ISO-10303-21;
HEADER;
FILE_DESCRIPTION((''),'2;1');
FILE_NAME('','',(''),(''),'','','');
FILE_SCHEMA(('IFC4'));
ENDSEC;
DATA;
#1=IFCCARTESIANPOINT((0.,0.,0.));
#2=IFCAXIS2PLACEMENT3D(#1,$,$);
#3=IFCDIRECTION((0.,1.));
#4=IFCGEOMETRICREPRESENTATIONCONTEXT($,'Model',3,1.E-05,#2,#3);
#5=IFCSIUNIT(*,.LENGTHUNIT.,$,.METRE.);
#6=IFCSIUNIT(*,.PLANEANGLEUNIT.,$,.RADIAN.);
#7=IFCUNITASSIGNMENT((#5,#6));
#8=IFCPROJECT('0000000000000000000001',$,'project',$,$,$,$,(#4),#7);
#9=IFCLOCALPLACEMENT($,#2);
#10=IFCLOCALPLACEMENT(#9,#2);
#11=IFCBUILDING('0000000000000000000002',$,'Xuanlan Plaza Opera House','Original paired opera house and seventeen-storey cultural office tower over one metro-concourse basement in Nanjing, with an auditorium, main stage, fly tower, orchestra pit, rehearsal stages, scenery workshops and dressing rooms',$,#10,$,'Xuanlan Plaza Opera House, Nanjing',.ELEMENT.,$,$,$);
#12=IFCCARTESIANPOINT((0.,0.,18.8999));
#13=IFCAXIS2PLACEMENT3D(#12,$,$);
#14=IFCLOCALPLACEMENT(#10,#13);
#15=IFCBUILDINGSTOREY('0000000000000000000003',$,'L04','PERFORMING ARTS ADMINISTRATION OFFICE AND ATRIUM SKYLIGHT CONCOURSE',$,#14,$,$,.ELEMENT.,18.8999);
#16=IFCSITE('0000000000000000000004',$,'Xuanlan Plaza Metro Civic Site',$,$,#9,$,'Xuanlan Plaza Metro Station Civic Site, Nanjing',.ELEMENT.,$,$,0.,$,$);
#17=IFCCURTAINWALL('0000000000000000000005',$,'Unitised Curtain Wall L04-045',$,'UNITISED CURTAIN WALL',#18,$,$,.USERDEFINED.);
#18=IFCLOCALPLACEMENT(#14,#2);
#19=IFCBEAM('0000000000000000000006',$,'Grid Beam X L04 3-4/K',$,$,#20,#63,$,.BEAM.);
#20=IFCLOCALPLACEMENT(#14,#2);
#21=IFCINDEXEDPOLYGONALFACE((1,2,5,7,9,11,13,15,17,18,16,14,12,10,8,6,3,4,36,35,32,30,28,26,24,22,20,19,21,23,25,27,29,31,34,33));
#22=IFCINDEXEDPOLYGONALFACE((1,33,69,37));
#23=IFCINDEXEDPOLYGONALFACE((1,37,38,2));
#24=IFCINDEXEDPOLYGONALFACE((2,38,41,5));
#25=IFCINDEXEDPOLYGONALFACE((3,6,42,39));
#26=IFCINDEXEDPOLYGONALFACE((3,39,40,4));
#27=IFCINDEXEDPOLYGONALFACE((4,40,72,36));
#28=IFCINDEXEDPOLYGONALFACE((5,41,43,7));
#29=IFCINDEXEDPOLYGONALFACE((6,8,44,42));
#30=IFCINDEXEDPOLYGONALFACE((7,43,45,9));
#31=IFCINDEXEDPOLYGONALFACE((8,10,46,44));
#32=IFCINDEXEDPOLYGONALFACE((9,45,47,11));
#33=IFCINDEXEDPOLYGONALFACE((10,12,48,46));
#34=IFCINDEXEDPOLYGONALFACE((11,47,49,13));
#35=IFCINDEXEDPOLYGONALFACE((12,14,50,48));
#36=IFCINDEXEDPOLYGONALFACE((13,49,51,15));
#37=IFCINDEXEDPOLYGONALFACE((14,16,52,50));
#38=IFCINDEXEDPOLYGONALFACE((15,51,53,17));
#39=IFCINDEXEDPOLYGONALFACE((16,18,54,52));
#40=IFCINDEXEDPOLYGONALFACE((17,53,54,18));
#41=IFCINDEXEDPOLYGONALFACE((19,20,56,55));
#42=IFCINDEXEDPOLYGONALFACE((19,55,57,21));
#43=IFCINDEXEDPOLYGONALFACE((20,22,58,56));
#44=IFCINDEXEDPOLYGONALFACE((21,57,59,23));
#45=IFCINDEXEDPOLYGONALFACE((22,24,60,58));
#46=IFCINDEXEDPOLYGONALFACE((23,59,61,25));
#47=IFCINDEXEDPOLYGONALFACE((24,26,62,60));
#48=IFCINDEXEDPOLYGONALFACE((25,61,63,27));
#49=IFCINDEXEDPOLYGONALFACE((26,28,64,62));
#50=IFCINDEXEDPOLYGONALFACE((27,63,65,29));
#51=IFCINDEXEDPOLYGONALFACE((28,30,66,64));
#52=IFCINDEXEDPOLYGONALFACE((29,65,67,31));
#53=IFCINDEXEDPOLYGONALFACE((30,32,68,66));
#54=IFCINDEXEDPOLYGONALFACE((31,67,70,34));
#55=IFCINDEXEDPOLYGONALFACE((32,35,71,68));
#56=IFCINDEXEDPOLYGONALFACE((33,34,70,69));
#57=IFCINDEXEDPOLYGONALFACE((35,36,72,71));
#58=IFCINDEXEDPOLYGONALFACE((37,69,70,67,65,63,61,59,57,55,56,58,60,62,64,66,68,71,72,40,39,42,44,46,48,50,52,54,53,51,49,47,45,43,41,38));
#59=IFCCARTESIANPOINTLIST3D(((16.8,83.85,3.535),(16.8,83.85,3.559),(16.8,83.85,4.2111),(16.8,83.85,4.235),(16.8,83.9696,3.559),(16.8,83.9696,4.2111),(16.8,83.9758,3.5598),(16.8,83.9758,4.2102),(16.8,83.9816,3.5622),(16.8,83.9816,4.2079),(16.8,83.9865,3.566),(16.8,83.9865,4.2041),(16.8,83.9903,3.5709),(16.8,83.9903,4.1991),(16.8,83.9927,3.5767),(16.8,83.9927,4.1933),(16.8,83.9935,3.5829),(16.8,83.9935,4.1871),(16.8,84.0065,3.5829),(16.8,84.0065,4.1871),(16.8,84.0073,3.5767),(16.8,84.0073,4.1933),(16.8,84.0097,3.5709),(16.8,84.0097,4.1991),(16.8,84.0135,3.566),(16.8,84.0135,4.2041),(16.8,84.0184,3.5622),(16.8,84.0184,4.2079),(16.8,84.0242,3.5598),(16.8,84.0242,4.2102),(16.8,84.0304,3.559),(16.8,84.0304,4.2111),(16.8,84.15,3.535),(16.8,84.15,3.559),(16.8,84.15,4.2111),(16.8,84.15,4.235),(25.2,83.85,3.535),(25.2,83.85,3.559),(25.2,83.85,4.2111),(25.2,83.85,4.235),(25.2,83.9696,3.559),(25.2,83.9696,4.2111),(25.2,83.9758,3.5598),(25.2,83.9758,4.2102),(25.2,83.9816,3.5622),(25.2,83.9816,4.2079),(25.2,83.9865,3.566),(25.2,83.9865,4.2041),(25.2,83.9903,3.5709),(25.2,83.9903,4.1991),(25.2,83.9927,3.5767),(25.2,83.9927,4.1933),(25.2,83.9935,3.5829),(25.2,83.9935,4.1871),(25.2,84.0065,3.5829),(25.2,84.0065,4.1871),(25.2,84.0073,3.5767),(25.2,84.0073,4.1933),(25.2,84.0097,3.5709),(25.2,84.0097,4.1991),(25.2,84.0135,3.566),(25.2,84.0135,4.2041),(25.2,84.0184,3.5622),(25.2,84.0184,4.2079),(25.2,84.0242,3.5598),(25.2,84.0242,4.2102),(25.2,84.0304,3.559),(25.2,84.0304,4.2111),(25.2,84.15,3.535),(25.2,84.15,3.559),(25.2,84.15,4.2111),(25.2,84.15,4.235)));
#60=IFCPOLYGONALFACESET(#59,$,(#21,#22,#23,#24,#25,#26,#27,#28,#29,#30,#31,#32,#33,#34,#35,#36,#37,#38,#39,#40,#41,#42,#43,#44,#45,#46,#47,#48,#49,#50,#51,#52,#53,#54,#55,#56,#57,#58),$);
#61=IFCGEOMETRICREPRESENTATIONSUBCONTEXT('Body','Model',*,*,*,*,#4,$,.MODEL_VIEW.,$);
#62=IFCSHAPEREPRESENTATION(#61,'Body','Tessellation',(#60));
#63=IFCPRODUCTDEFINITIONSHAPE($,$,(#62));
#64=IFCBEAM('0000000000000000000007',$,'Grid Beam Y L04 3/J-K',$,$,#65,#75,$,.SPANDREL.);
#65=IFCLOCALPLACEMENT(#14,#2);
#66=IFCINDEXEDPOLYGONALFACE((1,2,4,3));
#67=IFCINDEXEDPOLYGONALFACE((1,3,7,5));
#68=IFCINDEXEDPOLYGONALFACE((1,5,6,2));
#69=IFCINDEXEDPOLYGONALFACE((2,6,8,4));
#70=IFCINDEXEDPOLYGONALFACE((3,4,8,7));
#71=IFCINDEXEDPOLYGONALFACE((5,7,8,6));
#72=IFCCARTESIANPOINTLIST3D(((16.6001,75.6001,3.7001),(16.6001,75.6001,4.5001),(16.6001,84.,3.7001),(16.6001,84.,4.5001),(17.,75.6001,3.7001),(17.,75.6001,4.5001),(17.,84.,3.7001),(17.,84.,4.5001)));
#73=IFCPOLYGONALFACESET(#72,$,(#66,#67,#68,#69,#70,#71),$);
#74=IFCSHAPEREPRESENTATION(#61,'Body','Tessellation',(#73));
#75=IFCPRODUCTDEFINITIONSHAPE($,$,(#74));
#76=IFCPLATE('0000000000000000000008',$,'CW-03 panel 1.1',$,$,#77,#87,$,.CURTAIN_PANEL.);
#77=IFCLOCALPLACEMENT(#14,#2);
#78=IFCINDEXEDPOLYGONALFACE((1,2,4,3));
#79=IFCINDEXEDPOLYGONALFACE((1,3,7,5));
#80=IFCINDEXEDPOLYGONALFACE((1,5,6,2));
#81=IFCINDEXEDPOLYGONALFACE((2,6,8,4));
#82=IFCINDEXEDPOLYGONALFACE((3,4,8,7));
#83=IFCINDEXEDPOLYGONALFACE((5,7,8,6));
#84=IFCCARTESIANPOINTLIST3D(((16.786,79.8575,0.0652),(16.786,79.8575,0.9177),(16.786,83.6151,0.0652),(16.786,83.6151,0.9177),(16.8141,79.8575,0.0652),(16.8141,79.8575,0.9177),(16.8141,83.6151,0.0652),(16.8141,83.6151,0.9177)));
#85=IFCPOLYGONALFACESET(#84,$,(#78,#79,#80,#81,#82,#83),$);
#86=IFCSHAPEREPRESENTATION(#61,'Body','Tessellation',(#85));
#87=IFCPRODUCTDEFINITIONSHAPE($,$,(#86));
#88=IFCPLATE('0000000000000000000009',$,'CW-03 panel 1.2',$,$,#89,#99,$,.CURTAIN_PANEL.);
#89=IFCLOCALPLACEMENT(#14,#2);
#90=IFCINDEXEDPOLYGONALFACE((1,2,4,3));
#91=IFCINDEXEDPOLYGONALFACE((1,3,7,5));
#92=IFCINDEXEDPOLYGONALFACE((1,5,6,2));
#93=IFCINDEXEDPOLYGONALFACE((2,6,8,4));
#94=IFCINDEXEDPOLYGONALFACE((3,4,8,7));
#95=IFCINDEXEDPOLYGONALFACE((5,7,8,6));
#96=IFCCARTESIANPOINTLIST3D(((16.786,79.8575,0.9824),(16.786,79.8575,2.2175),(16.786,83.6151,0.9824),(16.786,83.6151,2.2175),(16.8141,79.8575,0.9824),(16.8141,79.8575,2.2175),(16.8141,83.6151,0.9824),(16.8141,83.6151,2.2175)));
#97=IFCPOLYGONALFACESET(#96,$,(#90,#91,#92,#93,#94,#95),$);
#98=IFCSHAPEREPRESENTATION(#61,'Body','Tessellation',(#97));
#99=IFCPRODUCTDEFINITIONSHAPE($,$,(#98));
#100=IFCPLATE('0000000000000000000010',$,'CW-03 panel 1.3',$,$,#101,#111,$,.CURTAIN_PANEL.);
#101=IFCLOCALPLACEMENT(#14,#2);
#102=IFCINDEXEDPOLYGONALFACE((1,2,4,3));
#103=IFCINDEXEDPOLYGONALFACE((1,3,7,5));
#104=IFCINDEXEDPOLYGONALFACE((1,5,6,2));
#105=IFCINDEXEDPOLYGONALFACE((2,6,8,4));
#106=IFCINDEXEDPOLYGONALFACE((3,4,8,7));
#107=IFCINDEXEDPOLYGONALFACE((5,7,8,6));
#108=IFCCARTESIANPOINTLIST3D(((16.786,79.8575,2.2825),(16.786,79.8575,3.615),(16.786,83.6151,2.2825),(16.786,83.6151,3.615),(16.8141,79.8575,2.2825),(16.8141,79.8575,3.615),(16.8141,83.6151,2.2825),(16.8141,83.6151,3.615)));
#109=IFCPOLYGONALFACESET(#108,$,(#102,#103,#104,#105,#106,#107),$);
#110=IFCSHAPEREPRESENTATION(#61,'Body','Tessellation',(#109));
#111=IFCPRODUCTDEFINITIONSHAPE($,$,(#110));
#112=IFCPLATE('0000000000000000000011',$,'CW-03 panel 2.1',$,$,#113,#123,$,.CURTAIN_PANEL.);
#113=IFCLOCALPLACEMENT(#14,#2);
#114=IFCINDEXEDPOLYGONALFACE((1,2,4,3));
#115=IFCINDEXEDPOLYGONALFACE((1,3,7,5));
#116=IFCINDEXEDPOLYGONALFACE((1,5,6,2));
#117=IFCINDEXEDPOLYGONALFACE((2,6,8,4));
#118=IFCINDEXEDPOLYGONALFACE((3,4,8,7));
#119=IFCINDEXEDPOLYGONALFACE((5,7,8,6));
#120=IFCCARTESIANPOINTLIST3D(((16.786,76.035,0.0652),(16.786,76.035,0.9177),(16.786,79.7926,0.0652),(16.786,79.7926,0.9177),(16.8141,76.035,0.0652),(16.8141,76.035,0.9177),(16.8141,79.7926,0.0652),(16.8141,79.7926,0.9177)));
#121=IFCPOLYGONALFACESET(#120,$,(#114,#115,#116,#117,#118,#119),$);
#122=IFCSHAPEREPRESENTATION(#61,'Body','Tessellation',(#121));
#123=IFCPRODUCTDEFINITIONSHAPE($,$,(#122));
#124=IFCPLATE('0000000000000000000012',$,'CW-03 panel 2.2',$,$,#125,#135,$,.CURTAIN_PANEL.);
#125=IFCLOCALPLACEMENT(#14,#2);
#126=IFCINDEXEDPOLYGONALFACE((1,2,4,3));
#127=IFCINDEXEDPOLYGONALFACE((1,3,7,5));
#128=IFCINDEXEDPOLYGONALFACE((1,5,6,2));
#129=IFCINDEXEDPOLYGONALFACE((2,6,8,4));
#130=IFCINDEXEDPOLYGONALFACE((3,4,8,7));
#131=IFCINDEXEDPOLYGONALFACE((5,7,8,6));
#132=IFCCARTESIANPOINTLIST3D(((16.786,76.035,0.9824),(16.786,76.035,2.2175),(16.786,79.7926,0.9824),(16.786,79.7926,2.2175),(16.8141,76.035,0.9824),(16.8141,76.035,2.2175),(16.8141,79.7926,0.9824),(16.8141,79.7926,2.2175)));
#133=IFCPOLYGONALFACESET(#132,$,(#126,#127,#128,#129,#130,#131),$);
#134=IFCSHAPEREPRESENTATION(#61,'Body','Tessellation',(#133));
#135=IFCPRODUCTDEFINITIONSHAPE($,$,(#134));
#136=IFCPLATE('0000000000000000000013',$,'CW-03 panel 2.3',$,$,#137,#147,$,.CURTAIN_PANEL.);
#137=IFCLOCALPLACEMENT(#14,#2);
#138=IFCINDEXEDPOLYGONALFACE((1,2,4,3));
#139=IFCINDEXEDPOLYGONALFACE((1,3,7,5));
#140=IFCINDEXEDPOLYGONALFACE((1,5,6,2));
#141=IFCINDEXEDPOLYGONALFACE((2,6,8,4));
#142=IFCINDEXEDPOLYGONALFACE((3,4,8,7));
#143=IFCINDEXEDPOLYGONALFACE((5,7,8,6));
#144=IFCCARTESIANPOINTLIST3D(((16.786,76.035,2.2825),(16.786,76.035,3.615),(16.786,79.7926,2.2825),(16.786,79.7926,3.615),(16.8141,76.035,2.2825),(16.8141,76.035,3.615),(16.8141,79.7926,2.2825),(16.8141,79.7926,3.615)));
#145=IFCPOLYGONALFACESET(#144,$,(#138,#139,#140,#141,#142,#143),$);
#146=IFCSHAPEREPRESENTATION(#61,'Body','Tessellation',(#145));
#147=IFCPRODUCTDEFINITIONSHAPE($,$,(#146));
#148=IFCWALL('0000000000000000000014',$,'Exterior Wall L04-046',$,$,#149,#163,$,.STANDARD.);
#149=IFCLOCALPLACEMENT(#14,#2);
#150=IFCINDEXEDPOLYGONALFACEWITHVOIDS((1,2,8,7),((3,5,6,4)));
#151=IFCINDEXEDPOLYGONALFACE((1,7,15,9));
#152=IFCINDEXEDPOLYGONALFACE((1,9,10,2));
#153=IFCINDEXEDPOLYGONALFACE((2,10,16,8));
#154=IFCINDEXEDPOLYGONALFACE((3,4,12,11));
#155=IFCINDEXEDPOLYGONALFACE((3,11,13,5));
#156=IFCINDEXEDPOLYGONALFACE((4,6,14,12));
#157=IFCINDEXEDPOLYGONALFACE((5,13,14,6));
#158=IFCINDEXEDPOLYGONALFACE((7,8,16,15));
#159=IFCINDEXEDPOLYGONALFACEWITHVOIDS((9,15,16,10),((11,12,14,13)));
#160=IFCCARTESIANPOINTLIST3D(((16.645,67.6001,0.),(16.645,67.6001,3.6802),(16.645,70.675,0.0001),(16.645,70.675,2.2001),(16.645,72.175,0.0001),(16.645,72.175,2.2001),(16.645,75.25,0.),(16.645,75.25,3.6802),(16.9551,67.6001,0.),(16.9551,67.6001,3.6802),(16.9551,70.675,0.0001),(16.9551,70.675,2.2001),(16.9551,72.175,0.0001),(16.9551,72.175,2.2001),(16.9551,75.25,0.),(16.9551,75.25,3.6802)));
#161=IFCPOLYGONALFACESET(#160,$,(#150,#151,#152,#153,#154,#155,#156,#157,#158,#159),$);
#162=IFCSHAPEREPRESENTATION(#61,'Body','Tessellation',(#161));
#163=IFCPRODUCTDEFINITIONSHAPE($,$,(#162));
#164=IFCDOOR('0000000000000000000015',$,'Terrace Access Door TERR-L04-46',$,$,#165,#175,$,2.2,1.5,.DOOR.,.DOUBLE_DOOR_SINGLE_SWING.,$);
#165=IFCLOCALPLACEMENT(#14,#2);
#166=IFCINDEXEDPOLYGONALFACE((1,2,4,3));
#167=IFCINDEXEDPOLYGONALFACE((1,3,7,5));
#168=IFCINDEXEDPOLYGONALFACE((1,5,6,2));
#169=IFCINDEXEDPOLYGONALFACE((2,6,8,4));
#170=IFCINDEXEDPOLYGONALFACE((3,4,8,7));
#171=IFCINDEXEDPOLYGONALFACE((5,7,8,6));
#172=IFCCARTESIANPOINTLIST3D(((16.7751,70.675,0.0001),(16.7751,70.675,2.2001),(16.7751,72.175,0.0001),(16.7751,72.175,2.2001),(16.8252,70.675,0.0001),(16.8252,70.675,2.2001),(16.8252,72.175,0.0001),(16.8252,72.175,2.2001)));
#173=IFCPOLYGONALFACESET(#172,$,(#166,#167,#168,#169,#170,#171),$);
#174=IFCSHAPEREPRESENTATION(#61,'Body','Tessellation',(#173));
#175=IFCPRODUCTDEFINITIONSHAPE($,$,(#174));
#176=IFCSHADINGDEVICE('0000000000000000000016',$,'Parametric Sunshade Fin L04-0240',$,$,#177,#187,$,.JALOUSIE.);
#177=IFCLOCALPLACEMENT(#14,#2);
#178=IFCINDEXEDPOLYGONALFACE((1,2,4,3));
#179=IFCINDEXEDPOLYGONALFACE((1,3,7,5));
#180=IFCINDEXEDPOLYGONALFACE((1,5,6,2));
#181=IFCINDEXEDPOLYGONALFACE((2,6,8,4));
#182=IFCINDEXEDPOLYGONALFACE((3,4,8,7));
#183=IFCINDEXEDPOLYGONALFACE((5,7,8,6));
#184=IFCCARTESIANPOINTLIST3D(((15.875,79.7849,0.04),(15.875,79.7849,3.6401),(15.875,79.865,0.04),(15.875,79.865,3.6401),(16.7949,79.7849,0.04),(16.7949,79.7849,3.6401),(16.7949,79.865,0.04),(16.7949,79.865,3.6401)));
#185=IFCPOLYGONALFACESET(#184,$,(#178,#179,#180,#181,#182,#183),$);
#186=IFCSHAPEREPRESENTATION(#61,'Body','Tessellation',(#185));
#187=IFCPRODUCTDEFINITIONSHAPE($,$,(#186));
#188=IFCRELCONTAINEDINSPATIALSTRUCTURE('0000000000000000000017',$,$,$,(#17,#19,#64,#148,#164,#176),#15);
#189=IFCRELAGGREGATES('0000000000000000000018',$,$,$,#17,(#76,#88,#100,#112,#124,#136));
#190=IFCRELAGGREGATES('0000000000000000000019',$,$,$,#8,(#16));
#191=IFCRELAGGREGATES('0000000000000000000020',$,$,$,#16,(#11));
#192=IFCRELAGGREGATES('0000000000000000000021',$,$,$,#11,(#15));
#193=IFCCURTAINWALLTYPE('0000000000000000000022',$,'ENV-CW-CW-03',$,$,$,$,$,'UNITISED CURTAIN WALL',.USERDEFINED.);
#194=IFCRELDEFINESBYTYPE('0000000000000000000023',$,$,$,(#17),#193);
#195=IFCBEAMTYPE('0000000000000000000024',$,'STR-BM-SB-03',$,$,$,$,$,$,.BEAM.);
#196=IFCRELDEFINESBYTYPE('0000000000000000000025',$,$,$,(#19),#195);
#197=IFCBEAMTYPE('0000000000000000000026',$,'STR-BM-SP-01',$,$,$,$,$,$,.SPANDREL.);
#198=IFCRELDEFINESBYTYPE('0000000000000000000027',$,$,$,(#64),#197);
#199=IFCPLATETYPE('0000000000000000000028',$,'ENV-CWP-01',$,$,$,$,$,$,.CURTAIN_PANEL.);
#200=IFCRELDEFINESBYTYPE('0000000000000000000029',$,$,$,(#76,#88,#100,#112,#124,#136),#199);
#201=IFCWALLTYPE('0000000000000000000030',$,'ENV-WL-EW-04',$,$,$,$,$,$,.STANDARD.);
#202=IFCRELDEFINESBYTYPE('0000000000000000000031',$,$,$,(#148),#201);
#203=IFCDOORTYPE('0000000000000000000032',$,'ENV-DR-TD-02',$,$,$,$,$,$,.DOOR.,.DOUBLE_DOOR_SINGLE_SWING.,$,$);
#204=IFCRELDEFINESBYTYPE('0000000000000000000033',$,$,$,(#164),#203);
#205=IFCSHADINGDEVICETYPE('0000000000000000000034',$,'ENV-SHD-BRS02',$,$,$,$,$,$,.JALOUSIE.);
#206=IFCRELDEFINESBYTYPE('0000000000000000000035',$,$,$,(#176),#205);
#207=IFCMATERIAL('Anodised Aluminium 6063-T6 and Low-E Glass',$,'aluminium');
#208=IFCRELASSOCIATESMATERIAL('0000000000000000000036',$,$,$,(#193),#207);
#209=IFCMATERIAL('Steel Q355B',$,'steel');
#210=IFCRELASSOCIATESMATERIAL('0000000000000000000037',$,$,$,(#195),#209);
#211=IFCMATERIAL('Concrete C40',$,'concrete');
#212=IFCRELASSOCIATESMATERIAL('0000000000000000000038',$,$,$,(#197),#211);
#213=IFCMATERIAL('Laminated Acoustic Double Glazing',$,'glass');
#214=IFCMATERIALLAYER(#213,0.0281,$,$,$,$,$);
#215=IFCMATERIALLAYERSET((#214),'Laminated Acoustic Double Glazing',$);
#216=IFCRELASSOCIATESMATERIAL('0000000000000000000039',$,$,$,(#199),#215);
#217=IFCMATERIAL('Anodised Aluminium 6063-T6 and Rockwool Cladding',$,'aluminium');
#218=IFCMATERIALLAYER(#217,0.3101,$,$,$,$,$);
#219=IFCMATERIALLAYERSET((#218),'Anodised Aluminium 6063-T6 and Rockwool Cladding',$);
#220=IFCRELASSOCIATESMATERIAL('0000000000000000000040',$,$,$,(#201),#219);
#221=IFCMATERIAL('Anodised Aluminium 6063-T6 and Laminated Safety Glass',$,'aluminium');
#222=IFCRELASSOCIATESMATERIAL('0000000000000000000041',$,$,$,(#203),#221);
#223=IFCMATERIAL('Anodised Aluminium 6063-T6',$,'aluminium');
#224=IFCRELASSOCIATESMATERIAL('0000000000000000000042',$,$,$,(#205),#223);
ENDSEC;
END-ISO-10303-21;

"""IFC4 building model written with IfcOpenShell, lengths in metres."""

from ifc_helpers import new_model, si_unit, direction, frame, frame_2d, origin, origin_2d, place, context, subcontext, project, spatial, rectangle, i_section, extrude, material, layer, layer_set, material_profile, profile_set, type_object, element, fill, aggregate, save


model = new_model("IFC4")

# Units and contexts
model_context = context("Model", 3, precision=1e-05, world=origin(), true_north=direction((0.0, 1.0)))
body_context = subcontext(model_context, "Body", "Model", "MODEL_VIEW")
ifc_project = project(units=[si_unit("LENGTHUNIT", "METRE"), si_unit("PLANEANGLEUNIT", "RADIAN")], contexts=[model_context])

# Site, building, storey
site_placement = place(None, origin())
site = spatial("IfcSite", under=ifc_project, at=site_placement, Name="Xuanlan Plaza Metro Civic Site", LongName="Xuanlan Plaza Metro Station Civic Site, Nanjing", CompositionType="ELEMENT", RefElevation=0.0)
building_placement = place(site_placement, origin())
building = spatial("IfcBuilding", under=site, at=building_placement, Name="Xuanlan Plaza Opera House", Description="Original paired opera house and seventeen-storey cultural office tower over one metro-concourse basement in Nanjing, with an auditorium, main stage, fly tower, orchestra pit, rehearsal stages, scenery workshops and dressing rooms", LongName="Xuanlan Plaza Opera House, Nanjing", CompositionType="ELEMENT")
storey_placement = place(building_placement, frame((0.0, 0.0, 18.8999)))
storey = spatial("IfcBuildingStorey", under=building, at=storey_placement, Name="L04", Description="PERFORMING ARTS ADMINISTRATION OFFICE AND ATRIUM SKYLIGHT CONCOURSE", CompositionType="ELEMENT", Elevation=18.8999)

# Shared definitions
ifc_material_1 = material(Name="Concrete C40", Category="concrete")

# Curtain wall
ifc_material_2 = material(Name="Anodised Aluminium 6063-T6 and Low-E Glass", Category="aluminium")
curtain_wall_type = type_object("IfcCurtainWallType", Name="ENV-CW-CW-03", ElementType="UNITISED CURTAIN WALL", PredefinedType="USERDEFINED", material=ifc_material_2)
curtain_wall_placement = place(storey_placement, origin())
curtain_wall = element("IfcCurtainWall", 1, at=curtain_wall_placement, inside=storey, type_object=curtain_wall_type, Name="Unitised Curtain Wall L04-045", ObjectType="UNITISED CURTAIN WALL", PredefinedType="USERDEFINED")
ifc_material_3 = material(Name="Anodised Aluminium 6063-T6", Category="aluminium")

# Beams
ifc_material_4 = material(Name="Steel Q355B", Category="steel")
ifc_material_profile_1 = material_profile(ifc_material_4, i_section(OverallWidth=0.3, OverallDepth=0.7, WebThickness=0.0129, FlangeThickness=0.0239, FilletRadius=0.0239, at=origin_2d()), Name="HN 700x300x13x24")
ifc_profile_set_1 = profile_set([ifc_material_profile_1], Name="Steel Q355B")
beam_type_1 = type_object("IfcBeamType", Name="STR-BM-SB-03", PredefinedType="BEAM", material=ifc_profile_set_1)
beam_1_placement = place(storey_placement, frame((16.8, 84.0, 3.885), z_axis=(1.0, 0.0, 0.0), x_axis=(0.0, 1.0, 0.0)))
element("IfcBeam", 2, at=beam_1_placement, inside=storey, type_object=beam_type_1, Name="Grid Beam X L04 3-4/K", PredefinedType="BEAM", context=body_context, shape_type="SweptSolid", body=[
    extrude(i_section(OverallWidth=0.3, OverallDepth=0.7, WebThickness=0.0129, FlangeThickness=0.0239, FilletRadius=0.0239, at=origin_2d()), origin(), (0.0, 0.0, 1.0), 8.3999),
])
ifc_material_profile_2 = material_profile(ifc_material_1, rectangle(XDim=0.3999, YDim=0.8, at=origin_2d()), Name="RC-SPD 400x800")
ifc_profile_set_2 = profile_set([ifc_material_profile_2], Name="Concrete C40")
beam_type_2 = type_object("IfcBeamType", Name="STR-BM-SP-01", PredefinedType="SPANDREL", material=ifc_profile_set_2)
beam_2_placement = place(storey_placement, frame((16.8, 75.6001, 4.1001), z_axis=(0.0, 1.0, 0.0), x_axis=(-1.0, 0.0, 0.0)))
element("IfcBeam", 3, at=beam_2_placement, inside=storey, type_object=beam_type_2, Name="Grid Beam Y L04 3/J-K", PredefinedType="SPANDREL", context=body_context, shape_type="SweptSolid", body=[
    extrude(rectangle(XDim=0.3999, YDim=0.8, at=origin_2d()), origin(), (0.0, 0.0, 1.0), 8.3999),
])

# Plates
ifc_material_5 = material(Name="Laminated Acoustic Double Glazing", Category="glass")
ifc_layer_1 = layer(ifc_material_5, 0.0281)
ifc_layer_set_1 = layer_set([ifc_layer_1], Name="Laminated Acoustic Double Glazing")
plate_type = type_object("IfcPlateType", Name="ENV-CWP-01", PredefinedType="CURTAIN_PANEL", material=ifc_layer_set_1)
plate_1_placement = place(storey_placement, frame((16.8, 81.7363, 0.0652), z_axis=(0.0, 0.0, 1.0), x_axis=(0.0, -1.0, 0.0)))
plate_1 = element("IfcPlate", 4, at=plate_1_placement, type_object=plate_type, Name="CW-03 panel 1.1", PredefinedType="CURTAIN_PANEL", context=body_context, shape_type="SweptSolid", body=[
    extrude(rectangle(XDim=3.7576, YDim=0.0281, at=origin_2d()), origin(), (0.0, 0.0, 1.0), 0.8525),
])
plate_2_placement = place(storey_placement, frame((16.8, 81.7363, 0.9824), z_axis=(0.0, 0.0, 1.0), x_axis=(0.0, -1.0, 0.0)))
plate_2 = element("IfcPlate", 5, at=plate_2_placement, type_object=plate_type, Name="CW-03 panel 1.2", PredefinedType="CURTAIN_PANEL", context=body_context, shape_type="SweptSolid", body=[
    extrude(rectangle(XDim=3.7576, YDim=0.0281, at=origin_2d()), origin(), (0.0, 0.0, 1.0), 1.2351),
])
plate_3_placement = place(storey_placement, frame((16.8, 81.7363, 2.2825), z_axis=(0.0, 0.0, 1.0), x_axis=(0.0, -1.0, 0.0)))
plate_3 = element("IfcPlate", 6, at=plate_3_placement, type_object=plate_type, Name="CW-03 panel 1.3", PredefinedType="CURTAIN_PANEL", context=body_context, shape_type="SweptSolid", body=[
    extrude(rectangle(XDim=3.7576, YDim=0.0281, at=origin_2d()), origin(), (0.0, 0.0, 1.0), 1.3325),
])
plate_4_placement = place(storey_placement, frame((16.8, 77.9138, 0.0652), z_axis=(0.0, 0.0, 1.0), x_axis=(0.0, -1.0, 0.0)))
plate_4 = element("IfcPlate", 7, at=plate_4_placement, type_object=plate_type, Name="CW-03 panel 2.1", PredefinedType="CURTAIN_PANEL", context=body_context, shape_type="SweptSolid", body=[
    extrude(rectangle(XDim=3.7576, YDim=0.0281, at=origin_2d()), origin(), (0.0, 0.0, 1.0), 0.8525),
])
plate_5_placement = place(storey_placement, frame((16.8, 77.9138, 0.9824), z_axis=(0.0, 0.0, 1.0), x_axis=(0.0, -1.0, 0.0)))
plate_5 = element("IfcPlate", 8, at=plate_5_placement, type_object=plate_type, Name="CW-03 panel 2.2", PredefinedType="CURTAIN_PANEL", context=body_context, shape_type="SweptSolid", body=[
    extrude(rectangle(XDim=3.7576, YDim=0.0281, at=origin_2d()), origin(), (0.0, 0.0, 1.0), 1.2351),
])
plate_6_placement = place(storey_placement, frame((16.8, 77.9138, 2.2825), z_axis=(0.0, 0.0, 1.0), x_axis=(0.0, -1.0, 0.0)))
plate_6 = element("IfcPlate", 9, at=plate_6_placement, type_object=plate_type, Name="CW-03 panel 2.3", PredefinedType="CURTAIN_PANEL", context=body_context, shape_type="SweptSolid", body=[
    extrude(rectangle(XDim=3.7576, YDim=0.0281, at=origin_2d()), origin(), (0.0, 0.0, 1.0), 1.3325),
])
aggregate(curtain_wall, [plate_1, plate_2, plate_3, plate_4, plate_5, plate_6])

# Wall, opening, door
ifc_material_6 = material(Name="Anodised Aluminium 6063-T6 and Rockwool Cladding", Category="aluminium")
ifc_layer_2 = layer(ifc_material_6, 0.3101)
ifc_layer_set_2 = layer_set([ifc_layer_2], Name="Anodised Aluminium 6063-T6 and Rockwool Cladding")
wall_type = type_object("IfcWallType", Name="ENV-WL-EW-04", PredefinedType="STANDARD", material=ifc_layer_set_2)
wall_placement = place(storey_placement, frame((16.8, 75.25, 0.0), z_axis=(0.0, 0.0, 1.0), x_axis=(0.0, -1.0, 0.0)))
wall = element("IfcWall", 10, at=wall_placement, inside=storey, type_object=wall_type, Name="Exterior Wall L04-046", PredefinedType="STANDARD", context=body_context, shape_type="SweptSolid", body=[
    extrude(rectangle(XDim=7.6499, YDim=0.3101, at=frame_2d((3.825, 0.0))), origin(), (0.0, 0.0, 1.0), 3.6802),
])
opening_placement = place(wall_placement, frame((3.075, 0.0, 0.0)))
opening = element("IfcOpeningElement", 11, at=opening_placement, cuts=wall, PredefinedType="OPENING", context=body_context, shape_type="SweptSolid", body=[
    extrude(rectangle(XDim=1.5, YDim=2.2, at=frame_2d((0.75, 1.1001))), frame((0.0, 0.165, 0.0), z_axis=(0.0, -1.0, 0.0), x_axis=(1.0, 0.0, 0.0)), (0.0, 0.0, 1.0), 0.3301),
])
ifc_material_7 = material(Name="Anodised Aluminium 6063-T6 and Laminated Safety Glass", Category="aluminium")
door_type = type_object("IfcDoorType", Name="ENV-DR-TD-02", OperationType="DOUBLE_DOOR_SINGLE_SWING", PredefinedType="DOOR", material=ifc_material_7)
door_placement = place(opening_placement, frame((1.5, 0.0, 0.0), z_axis=(0.0, 0.0, 1.0), x_axis=(-1.0, 0.0, 0.0)))
door = element("IfcDoor", 12, at=door_placement, inside=storey, type_object=door_type, Name="Terrace Access Door TERR-L04-46", OperationType="DOUBLE_DOOR_SINGLE_SWING", OverallHeight=2.2, OverallWidth=1.5, PredefinedType="DOOR", context=body_context, shape_type="SweptSolid", body=[
    extrude(rectangle(XDim=1.5, YDim=2.2, at=frame_2d((0.75, 1.1001))), frame((0.0, 0.0249, 0.0), z_axis=(0.0, -1.0, 0.0), x_axis=(1.0, 0.0, 0.0)), (0.0, 0.0, 1.0), 0.05),
])
fill(opening, door)

# Shading device
shading_device_type = type_object("IfcShadingDeviceType", Name="ENV-SHD-BRS02", PredefinedType="JALOUSIE", material=ifc_material_3)
shading_device_placement = place(storey_placement, frame((16.335, 79.825, 0.04), z_axis=(0.0, 0.0, 1.0), x_axis=(-1.0, 0.0, 0.0)))
element("IfcShadingDevice", 13, at=shading_device_placement, inside=storey, type_object=shading_device_type, Name="Parametric Sunshade Fin L04-0240", PredefinedType="JALOUSIE", context=body_context, shape_type="SweptSolid", body=[
    extrude(rectangle(XDim=0.9199, YDim=0.0801, at=origin_2d()), origin(), (0.0, 0.0, 1.0), 3.6001),
])

save(model, "model.ifc")
